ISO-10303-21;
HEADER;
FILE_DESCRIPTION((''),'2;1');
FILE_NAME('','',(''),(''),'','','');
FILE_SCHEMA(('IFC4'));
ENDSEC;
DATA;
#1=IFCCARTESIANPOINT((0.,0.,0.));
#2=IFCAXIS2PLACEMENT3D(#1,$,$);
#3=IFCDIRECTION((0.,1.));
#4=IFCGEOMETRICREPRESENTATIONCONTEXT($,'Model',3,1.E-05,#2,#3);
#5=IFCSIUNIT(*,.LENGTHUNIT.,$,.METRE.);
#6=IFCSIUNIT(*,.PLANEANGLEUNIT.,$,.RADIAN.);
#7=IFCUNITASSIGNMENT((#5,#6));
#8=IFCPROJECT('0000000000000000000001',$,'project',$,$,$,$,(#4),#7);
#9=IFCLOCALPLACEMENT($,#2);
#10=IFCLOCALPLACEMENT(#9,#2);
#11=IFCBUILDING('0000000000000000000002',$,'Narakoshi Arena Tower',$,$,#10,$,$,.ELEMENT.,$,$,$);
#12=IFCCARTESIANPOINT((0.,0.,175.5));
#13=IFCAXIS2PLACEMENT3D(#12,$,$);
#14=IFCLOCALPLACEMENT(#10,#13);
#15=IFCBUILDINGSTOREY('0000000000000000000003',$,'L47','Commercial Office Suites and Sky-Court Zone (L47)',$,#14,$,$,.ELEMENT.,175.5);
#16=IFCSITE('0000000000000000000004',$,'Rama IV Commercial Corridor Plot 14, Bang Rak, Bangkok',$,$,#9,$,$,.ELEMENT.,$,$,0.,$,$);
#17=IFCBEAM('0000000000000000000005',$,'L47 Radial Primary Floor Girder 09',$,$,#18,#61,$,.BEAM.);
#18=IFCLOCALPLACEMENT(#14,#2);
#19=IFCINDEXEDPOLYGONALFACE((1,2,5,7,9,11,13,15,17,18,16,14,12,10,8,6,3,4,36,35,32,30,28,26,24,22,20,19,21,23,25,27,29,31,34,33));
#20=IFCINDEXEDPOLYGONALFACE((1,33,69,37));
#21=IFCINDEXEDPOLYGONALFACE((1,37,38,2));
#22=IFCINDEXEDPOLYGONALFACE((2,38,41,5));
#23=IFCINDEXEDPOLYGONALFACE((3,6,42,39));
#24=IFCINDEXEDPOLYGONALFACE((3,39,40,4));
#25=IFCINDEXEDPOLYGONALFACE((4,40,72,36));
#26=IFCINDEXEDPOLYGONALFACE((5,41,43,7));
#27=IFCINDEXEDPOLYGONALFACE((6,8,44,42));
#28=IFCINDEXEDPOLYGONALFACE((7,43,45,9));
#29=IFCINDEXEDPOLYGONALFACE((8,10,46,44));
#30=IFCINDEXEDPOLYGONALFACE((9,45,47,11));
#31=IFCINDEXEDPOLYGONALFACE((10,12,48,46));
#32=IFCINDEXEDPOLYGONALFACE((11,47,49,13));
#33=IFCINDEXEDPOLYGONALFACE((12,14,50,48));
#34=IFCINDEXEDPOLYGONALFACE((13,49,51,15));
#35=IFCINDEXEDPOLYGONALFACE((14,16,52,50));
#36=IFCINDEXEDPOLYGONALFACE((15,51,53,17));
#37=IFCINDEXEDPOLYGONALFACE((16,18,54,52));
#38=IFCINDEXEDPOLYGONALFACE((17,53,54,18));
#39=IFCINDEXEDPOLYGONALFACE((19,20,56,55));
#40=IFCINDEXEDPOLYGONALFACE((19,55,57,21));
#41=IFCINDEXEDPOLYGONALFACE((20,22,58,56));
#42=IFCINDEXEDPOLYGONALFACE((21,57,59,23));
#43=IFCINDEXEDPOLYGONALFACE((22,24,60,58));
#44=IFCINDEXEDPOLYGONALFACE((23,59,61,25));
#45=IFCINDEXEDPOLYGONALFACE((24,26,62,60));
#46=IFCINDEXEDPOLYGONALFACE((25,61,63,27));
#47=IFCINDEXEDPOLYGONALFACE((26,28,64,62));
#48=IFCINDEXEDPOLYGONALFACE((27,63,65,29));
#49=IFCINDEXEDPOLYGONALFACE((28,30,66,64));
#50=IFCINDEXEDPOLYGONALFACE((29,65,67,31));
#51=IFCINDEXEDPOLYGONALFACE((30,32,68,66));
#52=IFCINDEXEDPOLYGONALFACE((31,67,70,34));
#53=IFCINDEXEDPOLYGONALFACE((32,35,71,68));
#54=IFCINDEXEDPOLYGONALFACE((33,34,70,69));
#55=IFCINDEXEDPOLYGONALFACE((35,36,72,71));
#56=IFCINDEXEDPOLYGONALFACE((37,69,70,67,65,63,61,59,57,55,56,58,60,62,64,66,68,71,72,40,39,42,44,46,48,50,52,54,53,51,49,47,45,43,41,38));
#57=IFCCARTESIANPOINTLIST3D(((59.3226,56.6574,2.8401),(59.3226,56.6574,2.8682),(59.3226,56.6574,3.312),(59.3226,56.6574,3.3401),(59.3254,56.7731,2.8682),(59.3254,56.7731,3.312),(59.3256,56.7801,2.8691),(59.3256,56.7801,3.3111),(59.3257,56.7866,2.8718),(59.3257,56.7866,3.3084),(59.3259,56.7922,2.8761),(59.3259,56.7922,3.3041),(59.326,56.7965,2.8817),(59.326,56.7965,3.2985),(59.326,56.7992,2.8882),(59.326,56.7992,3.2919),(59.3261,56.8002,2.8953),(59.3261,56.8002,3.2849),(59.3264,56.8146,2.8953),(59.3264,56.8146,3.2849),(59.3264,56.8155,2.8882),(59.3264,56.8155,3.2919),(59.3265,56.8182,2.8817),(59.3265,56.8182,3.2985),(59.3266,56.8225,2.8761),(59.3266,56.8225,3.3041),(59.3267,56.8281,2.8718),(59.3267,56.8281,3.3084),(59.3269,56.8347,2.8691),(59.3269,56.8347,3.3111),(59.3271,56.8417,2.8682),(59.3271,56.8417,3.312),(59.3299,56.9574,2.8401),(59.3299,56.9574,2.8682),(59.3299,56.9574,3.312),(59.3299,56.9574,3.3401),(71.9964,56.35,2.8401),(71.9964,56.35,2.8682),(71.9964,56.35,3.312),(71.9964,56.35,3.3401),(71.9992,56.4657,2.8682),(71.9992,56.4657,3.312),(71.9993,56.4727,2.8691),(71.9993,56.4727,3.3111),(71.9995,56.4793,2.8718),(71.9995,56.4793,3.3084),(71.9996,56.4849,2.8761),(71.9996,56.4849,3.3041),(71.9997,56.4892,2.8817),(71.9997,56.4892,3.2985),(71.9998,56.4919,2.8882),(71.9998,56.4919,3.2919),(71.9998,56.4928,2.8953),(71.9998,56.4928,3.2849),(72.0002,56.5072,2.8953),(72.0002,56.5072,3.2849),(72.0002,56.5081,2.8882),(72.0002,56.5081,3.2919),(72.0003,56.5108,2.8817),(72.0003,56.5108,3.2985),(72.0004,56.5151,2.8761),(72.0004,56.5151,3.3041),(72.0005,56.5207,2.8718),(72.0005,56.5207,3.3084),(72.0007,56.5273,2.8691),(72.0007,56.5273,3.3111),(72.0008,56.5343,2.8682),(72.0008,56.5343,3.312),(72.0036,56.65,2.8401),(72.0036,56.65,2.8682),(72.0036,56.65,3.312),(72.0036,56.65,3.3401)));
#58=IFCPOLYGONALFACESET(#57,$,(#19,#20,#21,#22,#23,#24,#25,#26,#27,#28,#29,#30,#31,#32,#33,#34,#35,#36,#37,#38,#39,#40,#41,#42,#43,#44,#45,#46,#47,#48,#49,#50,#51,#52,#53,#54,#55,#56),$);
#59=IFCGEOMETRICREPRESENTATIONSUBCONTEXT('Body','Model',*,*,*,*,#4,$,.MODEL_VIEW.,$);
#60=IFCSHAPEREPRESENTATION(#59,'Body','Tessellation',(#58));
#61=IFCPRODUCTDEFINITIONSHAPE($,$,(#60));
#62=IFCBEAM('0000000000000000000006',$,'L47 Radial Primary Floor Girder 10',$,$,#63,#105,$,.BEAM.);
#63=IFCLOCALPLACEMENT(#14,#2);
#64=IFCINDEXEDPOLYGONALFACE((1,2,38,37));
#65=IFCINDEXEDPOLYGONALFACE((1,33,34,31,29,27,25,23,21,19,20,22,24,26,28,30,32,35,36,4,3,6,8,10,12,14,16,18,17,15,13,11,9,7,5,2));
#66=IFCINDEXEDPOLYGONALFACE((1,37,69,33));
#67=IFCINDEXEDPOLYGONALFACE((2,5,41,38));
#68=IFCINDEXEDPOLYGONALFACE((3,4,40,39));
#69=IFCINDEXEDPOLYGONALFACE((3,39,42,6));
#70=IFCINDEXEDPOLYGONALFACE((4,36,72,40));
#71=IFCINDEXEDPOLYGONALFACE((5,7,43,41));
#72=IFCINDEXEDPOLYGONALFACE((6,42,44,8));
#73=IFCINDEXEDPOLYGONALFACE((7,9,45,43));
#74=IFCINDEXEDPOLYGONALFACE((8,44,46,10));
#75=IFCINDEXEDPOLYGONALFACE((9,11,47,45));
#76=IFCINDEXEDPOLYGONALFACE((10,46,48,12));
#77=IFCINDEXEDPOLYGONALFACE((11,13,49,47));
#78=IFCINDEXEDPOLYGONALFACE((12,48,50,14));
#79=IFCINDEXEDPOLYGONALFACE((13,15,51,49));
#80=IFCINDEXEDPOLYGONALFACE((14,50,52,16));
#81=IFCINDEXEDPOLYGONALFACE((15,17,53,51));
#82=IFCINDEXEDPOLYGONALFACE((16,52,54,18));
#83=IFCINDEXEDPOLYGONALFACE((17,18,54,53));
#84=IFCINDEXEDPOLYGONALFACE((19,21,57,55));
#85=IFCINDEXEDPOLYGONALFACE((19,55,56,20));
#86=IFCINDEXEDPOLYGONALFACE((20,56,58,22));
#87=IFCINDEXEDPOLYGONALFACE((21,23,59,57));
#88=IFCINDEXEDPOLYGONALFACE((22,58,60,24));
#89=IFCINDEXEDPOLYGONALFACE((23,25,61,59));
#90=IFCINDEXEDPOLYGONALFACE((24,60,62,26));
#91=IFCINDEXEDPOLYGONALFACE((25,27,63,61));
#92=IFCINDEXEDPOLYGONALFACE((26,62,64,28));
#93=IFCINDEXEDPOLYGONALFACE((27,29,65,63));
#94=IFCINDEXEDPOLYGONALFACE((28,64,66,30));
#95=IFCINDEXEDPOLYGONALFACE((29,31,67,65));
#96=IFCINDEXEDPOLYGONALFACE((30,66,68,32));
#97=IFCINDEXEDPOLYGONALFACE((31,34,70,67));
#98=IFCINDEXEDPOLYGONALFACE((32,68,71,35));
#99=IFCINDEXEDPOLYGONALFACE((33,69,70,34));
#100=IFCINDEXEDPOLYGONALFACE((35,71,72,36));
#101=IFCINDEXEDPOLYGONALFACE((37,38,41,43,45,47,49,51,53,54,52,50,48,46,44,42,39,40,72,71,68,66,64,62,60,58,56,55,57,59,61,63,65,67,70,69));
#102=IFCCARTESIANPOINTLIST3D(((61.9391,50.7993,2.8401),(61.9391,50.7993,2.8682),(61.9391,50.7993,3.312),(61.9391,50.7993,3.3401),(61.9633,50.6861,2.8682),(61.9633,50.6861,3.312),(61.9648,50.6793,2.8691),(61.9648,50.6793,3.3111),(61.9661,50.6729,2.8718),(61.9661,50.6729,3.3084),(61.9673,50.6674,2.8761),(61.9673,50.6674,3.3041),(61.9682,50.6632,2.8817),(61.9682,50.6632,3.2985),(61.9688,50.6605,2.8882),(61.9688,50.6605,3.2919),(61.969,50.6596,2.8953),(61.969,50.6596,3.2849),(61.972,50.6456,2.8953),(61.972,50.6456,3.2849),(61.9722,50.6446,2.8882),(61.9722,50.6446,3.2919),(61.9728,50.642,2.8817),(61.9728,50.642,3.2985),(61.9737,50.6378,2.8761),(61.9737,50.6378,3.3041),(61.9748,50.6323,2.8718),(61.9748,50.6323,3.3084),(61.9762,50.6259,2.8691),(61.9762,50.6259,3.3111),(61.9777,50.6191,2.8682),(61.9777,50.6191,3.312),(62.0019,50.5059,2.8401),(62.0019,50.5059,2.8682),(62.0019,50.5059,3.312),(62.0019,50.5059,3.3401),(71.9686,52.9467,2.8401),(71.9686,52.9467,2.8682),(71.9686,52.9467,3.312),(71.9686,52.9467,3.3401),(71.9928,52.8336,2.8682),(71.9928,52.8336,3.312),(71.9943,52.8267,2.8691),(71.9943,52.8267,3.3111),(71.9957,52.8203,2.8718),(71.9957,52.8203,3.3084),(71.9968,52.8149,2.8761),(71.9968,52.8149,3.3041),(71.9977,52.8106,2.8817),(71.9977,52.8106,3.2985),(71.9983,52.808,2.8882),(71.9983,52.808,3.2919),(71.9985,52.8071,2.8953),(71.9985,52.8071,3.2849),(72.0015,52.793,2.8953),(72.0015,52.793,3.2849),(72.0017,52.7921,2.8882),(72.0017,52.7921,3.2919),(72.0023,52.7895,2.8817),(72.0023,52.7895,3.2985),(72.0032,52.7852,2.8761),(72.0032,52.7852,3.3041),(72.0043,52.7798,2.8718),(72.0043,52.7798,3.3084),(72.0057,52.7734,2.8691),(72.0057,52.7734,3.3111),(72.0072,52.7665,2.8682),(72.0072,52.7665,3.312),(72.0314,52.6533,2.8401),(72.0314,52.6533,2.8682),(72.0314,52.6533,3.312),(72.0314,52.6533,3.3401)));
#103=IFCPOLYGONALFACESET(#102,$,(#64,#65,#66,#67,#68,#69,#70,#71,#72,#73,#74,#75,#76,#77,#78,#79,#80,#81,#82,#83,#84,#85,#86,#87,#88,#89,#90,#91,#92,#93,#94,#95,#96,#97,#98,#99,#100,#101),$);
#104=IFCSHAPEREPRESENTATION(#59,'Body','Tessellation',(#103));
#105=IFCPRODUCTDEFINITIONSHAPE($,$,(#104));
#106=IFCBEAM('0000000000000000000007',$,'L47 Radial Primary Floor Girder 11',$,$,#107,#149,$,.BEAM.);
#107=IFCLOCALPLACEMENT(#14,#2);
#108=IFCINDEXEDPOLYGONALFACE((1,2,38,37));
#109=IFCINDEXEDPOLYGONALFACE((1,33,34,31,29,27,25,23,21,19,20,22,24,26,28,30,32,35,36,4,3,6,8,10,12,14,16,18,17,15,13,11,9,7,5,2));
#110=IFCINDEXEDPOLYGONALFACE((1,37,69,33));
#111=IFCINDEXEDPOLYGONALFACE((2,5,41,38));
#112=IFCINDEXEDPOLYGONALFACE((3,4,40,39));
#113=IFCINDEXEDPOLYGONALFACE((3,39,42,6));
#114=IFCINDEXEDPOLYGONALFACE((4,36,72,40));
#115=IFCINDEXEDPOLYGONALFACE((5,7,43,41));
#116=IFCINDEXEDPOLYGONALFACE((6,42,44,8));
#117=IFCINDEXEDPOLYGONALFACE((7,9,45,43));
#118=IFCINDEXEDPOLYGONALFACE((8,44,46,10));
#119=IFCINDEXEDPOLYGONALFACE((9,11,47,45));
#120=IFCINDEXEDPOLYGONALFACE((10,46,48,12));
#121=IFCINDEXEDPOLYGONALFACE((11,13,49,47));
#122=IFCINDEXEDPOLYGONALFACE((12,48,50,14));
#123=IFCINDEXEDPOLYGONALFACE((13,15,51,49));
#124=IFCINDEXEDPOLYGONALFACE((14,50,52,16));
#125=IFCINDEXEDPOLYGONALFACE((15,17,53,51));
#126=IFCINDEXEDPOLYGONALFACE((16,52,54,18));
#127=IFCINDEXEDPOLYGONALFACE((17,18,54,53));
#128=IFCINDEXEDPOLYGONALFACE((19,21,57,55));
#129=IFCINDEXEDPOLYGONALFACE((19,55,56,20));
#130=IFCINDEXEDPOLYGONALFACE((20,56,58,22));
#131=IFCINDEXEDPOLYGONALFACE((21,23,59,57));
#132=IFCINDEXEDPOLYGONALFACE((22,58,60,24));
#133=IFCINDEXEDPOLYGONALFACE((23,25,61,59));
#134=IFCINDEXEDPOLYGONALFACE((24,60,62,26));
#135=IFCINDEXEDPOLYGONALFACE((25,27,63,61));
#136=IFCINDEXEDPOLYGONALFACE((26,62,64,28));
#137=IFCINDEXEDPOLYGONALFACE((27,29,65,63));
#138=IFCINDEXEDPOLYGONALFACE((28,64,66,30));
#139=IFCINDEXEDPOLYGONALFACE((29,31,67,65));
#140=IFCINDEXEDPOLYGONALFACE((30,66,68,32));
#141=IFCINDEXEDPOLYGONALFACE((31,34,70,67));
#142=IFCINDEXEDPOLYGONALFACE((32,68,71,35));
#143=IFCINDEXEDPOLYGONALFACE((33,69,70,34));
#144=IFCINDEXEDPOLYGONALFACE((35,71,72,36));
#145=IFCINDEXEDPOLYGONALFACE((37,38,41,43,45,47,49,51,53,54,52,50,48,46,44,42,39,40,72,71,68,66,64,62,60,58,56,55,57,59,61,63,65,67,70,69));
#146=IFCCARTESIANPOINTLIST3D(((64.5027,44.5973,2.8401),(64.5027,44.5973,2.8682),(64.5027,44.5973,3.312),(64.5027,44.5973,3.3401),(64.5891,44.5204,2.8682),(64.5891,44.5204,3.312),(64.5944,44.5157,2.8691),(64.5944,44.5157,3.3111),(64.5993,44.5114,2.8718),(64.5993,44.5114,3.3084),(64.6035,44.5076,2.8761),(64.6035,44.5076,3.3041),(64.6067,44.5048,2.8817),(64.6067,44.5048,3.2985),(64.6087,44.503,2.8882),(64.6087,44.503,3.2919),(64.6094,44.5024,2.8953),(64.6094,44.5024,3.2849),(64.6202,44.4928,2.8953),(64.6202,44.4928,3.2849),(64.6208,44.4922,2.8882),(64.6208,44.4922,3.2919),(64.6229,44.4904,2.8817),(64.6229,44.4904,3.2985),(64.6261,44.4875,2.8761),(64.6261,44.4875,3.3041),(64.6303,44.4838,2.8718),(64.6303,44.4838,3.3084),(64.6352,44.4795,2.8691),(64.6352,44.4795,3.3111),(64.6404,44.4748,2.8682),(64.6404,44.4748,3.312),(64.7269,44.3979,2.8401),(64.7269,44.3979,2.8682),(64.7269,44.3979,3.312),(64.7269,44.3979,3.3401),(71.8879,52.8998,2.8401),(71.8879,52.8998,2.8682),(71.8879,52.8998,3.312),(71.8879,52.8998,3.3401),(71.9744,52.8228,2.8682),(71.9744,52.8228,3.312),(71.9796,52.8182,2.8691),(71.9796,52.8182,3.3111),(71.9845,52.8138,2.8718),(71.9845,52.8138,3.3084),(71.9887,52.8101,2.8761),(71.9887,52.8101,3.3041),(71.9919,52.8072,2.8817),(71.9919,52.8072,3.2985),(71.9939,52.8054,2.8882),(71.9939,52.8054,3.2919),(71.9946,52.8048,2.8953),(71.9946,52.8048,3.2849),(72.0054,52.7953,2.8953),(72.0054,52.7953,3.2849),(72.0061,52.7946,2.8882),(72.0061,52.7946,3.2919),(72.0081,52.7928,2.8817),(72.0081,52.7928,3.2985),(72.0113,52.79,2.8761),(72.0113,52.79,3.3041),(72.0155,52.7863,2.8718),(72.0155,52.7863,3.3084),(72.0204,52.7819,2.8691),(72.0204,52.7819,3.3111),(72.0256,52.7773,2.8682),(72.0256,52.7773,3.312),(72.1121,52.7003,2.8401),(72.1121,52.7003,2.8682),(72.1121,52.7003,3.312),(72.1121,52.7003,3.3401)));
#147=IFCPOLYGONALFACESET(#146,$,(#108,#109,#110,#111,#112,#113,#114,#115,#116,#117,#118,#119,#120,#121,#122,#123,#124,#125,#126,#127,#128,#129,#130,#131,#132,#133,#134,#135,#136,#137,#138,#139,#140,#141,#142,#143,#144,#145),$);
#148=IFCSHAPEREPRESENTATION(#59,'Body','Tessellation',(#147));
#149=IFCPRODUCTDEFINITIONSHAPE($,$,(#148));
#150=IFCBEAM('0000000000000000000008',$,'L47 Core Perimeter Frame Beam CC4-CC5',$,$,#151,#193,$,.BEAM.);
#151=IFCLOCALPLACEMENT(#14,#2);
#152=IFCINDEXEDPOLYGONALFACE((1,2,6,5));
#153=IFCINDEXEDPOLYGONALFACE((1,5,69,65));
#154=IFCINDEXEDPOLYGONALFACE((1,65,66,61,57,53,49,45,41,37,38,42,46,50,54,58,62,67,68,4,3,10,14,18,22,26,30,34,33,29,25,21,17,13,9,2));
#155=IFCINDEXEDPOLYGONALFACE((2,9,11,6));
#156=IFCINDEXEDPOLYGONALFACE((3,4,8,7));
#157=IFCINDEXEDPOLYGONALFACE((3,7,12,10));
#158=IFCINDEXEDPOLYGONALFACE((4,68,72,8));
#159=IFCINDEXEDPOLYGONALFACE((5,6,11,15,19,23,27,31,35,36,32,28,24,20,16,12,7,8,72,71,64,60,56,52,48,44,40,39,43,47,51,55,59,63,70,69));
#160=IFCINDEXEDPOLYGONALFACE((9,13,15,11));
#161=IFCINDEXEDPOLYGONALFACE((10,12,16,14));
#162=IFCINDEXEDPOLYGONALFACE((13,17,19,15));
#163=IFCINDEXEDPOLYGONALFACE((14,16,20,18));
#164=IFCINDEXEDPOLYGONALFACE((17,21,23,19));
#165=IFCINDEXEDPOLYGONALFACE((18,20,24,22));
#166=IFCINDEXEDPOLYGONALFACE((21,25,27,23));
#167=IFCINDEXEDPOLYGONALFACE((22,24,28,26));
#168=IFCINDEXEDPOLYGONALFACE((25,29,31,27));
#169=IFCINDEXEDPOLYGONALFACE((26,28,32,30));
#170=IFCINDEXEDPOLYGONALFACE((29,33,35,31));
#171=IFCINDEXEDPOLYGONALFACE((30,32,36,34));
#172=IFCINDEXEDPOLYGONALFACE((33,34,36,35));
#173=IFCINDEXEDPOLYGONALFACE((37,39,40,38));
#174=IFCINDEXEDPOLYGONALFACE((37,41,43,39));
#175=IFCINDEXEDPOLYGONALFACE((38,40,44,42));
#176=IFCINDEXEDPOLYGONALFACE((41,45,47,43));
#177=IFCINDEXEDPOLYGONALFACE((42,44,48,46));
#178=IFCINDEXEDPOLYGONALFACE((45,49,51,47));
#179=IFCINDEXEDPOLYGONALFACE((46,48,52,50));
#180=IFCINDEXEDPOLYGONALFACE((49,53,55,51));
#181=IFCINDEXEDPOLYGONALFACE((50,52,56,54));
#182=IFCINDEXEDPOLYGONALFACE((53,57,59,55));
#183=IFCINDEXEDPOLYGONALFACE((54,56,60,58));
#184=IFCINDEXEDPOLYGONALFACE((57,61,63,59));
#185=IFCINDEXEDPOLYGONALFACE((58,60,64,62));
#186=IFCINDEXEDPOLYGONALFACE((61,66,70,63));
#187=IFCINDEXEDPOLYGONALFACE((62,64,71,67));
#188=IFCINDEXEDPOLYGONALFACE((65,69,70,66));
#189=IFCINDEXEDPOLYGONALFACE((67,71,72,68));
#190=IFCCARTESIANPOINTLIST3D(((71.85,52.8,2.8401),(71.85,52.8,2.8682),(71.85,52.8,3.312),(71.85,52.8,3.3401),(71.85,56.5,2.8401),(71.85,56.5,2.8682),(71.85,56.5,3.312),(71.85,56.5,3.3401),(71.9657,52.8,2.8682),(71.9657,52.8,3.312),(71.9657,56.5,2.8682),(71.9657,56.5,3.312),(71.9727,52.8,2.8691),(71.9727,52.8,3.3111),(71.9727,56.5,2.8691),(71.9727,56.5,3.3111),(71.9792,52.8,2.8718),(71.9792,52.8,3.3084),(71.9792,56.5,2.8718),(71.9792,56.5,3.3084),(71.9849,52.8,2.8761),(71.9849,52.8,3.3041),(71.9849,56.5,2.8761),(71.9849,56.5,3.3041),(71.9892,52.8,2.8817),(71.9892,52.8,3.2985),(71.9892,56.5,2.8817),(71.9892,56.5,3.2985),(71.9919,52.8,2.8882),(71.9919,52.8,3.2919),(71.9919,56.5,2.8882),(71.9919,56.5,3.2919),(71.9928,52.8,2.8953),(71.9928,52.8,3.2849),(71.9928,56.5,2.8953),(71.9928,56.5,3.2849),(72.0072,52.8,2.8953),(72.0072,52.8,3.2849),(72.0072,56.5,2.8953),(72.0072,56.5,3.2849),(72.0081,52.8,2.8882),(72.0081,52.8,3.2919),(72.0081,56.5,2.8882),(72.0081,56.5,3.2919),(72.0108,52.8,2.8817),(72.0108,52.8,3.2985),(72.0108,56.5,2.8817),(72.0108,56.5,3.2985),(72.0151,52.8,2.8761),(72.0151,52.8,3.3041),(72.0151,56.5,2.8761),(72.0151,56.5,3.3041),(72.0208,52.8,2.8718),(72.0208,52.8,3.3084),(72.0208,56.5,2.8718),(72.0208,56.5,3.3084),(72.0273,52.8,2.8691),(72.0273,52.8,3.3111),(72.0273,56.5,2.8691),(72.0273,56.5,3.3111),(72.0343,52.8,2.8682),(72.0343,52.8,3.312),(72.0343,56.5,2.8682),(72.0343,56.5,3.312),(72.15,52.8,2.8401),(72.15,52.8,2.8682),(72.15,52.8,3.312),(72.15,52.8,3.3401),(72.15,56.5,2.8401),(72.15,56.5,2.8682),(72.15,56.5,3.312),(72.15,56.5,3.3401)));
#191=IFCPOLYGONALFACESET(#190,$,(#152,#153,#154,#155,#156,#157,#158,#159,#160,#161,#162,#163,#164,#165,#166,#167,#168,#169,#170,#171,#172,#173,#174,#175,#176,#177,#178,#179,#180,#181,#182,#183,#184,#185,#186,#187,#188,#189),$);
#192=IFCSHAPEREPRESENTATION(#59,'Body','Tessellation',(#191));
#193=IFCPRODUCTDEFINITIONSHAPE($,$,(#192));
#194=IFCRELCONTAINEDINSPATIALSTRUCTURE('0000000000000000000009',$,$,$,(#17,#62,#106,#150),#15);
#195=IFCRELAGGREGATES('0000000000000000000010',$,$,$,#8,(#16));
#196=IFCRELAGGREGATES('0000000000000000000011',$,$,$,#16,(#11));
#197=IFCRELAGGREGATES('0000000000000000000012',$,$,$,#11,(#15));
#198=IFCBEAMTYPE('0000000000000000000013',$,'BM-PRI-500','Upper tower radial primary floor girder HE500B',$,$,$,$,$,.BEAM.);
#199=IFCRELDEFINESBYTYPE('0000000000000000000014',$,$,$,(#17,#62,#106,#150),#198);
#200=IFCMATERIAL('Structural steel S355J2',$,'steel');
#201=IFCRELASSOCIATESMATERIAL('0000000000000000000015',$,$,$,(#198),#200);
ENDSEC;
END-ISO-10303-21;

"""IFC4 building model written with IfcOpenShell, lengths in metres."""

from ifc_helpers import new_model, si_unit, direction, frame, origin, origin_2d, place, context, subcontext, project, spatial, i_section, extrude, material, material_profile, profile_set, type_object, element, save


model = new_model("IFC4")

# Units and contexts
model_context = context("Model", 3, precision=1e-05, world=origin(), true_north=direction((0.0, 1.0)))
body_context = subcontext(model_context, "Body", "Model", "MODEL_VIEW")
ifc_project = project(units=[si_unit("LENGTHUNIT", "METRE"), si_unit("PLANEANGLEUNIT", "RADIAN")], contexts=[model_context])

# Site, building, storey
site_placement = place(None, origin())
site = spatial("IfcSite", under=ifc_project, at=site_placement, Name="Rama IV Commercial Corridor Plot 14, Bang Rak, Bangkok", CompositionType="ELEMENT", RefElevation=0.0)
building_placement = place(site_placement, origin())
building = spatial("IfcBuilding", under=site, at=building_placement, Name="Narakoshi Arena Tower", CompositionType="ELEMENT")
storey_placement = place(building_placement, frame((0.0, 0.0, 175.5)))
storey = spatial("IfcBuildingStorey", under=building, at=storey_placement, Name="L47", Description="Commercial Office Suites and Sky-Court Zone (L47)", CompositionType="ELEMENT", Elevation=175.5)

# Beams
ifc_material_1 = material(Name="Structural steel S355J2", Category="steel")
ifc_material_profile_1 = material_profile(ifc_material_1, i_section(OverallWidth=0.3, OverallDepth=0.5, WebThickness=0.0144, FlangeThickness=0.0281, FilletRadius=0.0271, at=origin_2d()), Name="HE500B")
ifc_profile_set_1 = profile_set([ifc_material_profile_1], Name="Structural steel S355J2")
beam_type = type_object("IfcBeamType", Name="BM-PRI-500", Description="Upper tower radial primary floor girder HE500B", PredefinedType="BEAM", material=ifc_profile_set_1)
beam_1_placement = place(storey_placement, frame((72.0, 56.5, 3.0901), z_axis=(-0.999706, 0.024245, 0.0), x_axis=(-0.024245, -0.999706, 0.0)))
element("IfcBeam", 1, at=beam_1_placement, inside=storey, type_object=beam_type, Name="L47 Radial Primary Floor Girder 09", PredefinedType="BEAM", context=body_context, shape_type="SweptSolid", body=[
    extrude(i_section(OverallWidth=0.3, OverallDepth=0.5, WebThickness=0.0144, FlangeThickness=0.0281, FilletRadius=0.0271, at=origin_2d()), origin(), (0.0, 0.0, 1.0), 12.6775),
])
beam_2_placement = place(storey_placement, frame((72.0, 52.8, 3.0901), z_axis=(-0.977837, -0.209368, 0.0), x_axis=(0.209368, -0.977837, 0.0)))
element("IfcBeam", 2, at=beam_2_placement, inside=storey, type_object=beam_type, Name="L47 Radial Primary Floor Girder 10", PredefinedType="BEAM", context=body_context, shape_type="SweptSolid", body=[
    extrude(i_section(OverallWidth=0.3, OverallDepth=0.5, WebThickness=0.0144, FlangeThickness=0.0281, FilletRadius=0.0271, at=origin_2d()), origin(), (0.0, 0.0, 1.0), 10.2568),
])
beam_3_placement = place(storey_placement, frame((72.0, 52.8, 3.0901), z_axis=(-0.664628, -0.747174, 0.0), x_axis=(0.747174, -0.664628, 0.0)))
element("IfcBeam", 3, at=beam_3_placement, inside=storey, type_object=beam_type, Name="L47 Radial Primary Floor Girder 11", PredefinedType="BEAM", context=body_context, shape_type="SweptSolid", body=[
    extrude(i_section(OverallWidth=0.3, OverallDepth=0.5, WebThickness=0.0144, FlangeThickness=0.0281, FilletRadius=0.0271, at=origin_2d()), origin(), (0.0, 0.0, 1.0), 11.1118),
])
beam_4_placement = place(storey_placement, frame((72.0, 52.8, 3.0901), z_axis=(0.0, 1.0, 0.0), x_axis=(-1.0, 0.0, 0.0)))
element("IfcBeam", 4, at=beam_4_placement, inside=storey, type_object=beam_type, Name="L47 Core Perimeter Frame Beam CC4-CC5", PredefinedType="BEAM", context=body_context, shape_type="SweptSolid", body=[
    extrude(i_section(OverallWidth=0.3, OverallDepth=0.5, WebThickness=0.0144, FlangeThickness=0.0281, FilletRadius=0.0271, at=origin_2d()), origin(), (0.0, 0.0, 1.0), 3.7),
])

save(model, "model.ifc")
